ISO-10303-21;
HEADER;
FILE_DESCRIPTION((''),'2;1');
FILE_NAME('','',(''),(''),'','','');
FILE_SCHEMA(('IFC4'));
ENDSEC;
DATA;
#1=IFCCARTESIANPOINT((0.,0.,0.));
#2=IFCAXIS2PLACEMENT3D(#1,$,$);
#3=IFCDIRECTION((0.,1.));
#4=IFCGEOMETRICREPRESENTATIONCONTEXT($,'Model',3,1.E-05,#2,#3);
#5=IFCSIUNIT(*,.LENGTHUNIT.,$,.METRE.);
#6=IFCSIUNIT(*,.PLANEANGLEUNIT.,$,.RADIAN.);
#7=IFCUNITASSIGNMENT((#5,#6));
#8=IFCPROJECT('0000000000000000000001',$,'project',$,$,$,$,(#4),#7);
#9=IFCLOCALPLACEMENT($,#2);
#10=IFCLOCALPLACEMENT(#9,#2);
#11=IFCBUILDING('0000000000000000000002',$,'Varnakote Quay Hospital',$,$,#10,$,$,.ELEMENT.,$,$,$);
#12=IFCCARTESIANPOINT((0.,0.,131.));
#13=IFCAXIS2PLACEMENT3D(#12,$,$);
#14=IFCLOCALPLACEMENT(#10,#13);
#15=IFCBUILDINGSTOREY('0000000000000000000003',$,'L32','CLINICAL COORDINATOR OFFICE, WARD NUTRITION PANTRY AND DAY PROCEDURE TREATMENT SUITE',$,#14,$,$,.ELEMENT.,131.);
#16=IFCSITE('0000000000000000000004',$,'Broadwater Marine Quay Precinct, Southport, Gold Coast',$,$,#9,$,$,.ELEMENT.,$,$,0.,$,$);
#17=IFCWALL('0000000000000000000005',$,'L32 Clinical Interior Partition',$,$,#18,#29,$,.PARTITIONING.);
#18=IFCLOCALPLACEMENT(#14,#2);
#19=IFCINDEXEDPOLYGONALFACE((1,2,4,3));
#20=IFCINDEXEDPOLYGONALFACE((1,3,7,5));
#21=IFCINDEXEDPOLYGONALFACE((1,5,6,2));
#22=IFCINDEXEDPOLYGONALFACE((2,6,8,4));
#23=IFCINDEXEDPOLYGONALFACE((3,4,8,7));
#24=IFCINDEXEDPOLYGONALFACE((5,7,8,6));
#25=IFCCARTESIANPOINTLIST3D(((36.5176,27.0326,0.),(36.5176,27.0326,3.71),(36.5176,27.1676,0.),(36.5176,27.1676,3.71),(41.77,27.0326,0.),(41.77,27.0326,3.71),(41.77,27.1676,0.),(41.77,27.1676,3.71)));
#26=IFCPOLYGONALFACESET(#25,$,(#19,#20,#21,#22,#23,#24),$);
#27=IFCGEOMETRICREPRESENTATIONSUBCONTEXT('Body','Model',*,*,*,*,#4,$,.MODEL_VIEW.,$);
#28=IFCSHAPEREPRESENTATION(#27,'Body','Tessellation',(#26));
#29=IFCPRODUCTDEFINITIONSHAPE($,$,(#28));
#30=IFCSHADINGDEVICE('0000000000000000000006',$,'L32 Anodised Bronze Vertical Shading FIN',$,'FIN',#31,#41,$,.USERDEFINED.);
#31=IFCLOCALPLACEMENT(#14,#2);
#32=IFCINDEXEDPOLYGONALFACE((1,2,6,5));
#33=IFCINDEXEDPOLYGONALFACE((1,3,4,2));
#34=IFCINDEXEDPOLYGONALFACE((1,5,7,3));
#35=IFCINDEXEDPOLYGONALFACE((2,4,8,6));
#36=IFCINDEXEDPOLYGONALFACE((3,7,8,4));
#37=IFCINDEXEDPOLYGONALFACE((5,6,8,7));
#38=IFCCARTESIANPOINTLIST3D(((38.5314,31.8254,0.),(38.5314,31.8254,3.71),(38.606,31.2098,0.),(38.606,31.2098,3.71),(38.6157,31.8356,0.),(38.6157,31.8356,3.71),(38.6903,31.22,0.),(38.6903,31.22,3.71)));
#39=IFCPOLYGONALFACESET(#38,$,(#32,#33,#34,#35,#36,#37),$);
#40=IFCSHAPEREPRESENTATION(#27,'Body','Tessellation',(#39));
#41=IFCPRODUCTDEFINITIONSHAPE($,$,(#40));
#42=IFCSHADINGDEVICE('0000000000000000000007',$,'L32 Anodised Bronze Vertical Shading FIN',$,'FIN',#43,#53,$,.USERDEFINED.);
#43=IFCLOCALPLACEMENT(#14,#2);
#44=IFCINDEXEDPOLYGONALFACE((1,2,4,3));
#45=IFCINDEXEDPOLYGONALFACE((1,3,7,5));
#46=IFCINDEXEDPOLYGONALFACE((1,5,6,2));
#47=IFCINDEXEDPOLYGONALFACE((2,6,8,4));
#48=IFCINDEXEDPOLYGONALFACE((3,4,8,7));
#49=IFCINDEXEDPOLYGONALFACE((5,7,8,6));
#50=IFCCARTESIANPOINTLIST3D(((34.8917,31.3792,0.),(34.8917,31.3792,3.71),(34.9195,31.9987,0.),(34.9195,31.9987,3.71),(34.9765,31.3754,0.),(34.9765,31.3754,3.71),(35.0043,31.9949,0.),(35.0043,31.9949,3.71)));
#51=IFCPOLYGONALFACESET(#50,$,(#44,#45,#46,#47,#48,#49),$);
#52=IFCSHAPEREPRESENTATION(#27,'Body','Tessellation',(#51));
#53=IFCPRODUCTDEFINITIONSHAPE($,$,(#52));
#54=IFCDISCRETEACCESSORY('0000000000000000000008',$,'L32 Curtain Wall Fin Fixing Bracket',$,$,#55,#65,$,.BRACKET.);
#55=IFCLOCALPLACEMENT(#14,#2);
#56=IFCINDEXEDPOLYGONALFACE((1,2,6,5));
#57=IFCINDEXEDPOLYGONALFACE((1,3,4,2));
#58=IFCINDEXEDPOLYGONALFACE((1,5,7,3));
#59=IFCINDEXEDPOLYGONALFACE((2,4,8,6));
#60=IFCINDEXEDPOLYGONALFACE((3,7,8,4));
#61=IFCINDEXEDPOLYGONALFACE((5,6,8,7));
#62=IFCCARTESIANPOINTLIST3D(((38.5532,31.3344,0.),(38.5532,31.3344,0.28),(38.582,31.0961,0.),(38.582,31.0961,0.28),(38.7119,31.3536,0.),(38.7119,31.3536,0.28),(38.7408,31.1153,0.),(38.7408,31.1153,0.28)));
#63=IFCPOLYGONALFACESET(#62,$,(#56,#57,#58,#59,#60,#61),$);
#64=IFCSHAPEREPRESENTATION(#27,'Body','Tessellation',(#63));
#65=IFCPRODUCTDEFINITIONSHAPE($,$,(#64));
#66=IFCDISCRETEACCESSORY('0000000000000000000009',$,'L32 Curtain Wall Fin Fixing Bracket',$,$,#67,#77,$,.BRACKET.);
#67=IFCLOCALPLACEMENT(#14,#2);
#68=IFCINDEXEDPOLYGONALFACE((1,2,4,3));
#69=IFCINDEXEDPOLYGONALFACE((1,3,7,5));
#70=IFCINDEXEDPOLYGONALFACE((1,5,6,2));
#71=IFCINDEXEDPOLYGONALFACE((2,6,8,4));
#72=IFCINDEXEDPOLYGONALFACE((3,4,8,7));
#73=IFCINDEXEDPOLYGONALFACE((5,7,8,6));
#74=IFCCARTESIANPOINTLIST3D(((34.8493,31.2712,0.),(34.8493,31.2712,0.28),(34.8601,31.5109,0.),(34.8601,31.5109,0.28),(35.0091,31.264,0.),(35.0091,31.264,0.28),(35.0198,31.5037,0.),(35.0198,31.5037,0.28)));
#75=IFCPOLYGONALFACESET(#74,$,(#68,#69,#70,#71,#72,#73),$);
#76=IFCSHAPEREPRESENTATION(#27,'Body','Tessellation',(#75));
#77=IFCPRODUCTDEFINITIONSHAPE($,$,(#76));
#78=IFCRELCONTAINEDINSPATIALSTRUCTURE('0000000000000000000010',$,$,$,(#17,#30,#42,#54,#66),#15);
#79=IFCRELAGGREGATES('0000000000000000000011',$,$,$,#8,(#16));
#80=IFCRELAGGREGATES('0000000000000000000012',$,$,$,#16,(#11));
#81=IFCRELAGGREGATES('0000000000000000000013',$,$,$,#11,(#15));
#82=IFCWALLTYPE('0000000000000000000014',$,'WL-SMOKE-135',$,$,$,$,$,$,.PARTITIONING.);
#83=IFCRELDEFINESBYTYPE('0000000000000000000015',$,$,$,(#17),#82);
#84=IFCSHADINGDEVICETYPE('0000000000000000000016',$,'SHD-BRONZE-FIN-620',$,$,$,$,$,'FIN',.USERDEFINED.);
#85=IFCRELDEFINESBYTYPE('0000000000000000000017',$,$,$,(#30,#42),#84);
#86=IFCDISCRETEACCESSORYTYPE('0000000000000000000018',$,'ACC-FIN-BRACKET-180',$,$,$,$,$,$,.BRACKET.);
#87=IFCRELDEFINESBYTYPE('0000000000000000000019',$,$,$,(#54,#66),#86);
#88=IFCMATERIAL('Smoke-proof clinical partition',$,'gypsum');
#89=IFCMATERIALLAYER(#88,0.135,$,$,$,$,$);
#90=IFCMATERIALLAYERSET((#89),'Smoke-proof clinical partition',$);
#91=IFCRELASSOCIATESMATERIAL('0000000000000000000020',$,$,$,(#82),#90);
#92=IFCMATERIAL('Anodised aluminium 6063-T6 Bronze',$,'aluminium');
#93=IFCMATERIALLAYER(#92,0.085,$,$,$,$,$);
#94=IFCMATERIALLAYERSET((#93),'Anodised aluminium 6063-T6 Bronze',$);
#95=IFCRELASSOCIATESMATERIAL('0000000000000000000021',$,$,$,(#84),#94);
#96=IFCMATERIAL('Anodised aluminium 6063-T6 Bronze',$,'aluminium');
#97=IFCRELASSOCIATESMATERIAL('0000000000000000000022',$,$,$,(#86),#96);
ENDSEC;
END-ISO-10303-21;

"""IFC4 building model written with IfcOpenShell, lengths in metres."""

from ifc_helpers import new_model, si_unit, direction, frame, frame_2d, origin, origin_2d, place, context, subcontext, project, spatial, rectangle, extrude, material, layer, layer_set, type_object, element, save


model = new_model("IFC4")

# Units and contexts
model_context = context("Model", 3, precision=1e-05, world=origin(), true_north=direction((0.0, 1.0)))
body_context = subcontext(model_context, "Body", "Model", "MODEL_VIEW")
ifc_project = project(units=[si_unit("LENGTHUNIT", "METRE"), si_unit("PLANEANGLEUNIT", "RADIAN")], contexts=[model_context])

# Site, building, storey
site_placement = place(None, origin())
site = spatial("IfcSite", under=ifc_project, at=site_placement, Name="Broadwater Marine Quay Precinct, Southport, Gold Coast", CompositionType="ELEMENT", RefElevation=0.0)
building_placement = place(site_placement, origin())
building = spatial("IfcBuilding", under=site, at=building_placement, Name="Varnakote Quay Hospital", CompositionType="ELEMENT")
storey_placement = place(building_placement, frame((0.0, 0.0, 131.0)))
storey = spatial("IfcBuildingStorey", under=building, at=storey_placement, Name="L32", Description="CLINICAL COORDINATOR OFFICE, WARD NUTRITION PANTRY AND DAY PROCEDURE TREATMENT SUITE", CompositionType="ELEMENT", Elevation=131.0)

# Shared definitions
ifc_material_1 = material(Name="Smoke-proof clinical partition", Category="gypsum")
ifc_layer_1 = layer(ifc_material_1, 0.135)
ifc_layer_set_1 = layer_set([ifc_layer_1], Name="Smoke-proof clinical partition")
wall_type = type_object("IfcWallType", Name="WL-SMOKE-135", PredefinedType="PARTITIONING", material=ifc_layer_set_1)

# Wall
wall_1_placement = place(storey_placement, frame((41.77, 27.1001, 0.0), z_axis=(0.0, 0.0, 1.0), x_axis=(-1.0, 0.0, 0.0)))
element("IfcWall", 1, at=wall_1_placement, inside=storey, type_object=wall_type, Name="L32 Clinical Interior Partition", PredefinedType="PARTITIONING", context=body_context, shape_type="SweptSolid", body=[
    extrude(rectangle(XDim=5.2524, YDim=0.135, at=frame_2d((2.6262, 0.0))), origin(), (0.0, 0.0, 1.0), 3.71),
])

# Shading devices
ifc_material_2 = material(Name="Anodised aluminium 6063-T6 Bronze", Category="aluminium")
ifc_layer_2 = layer(ifc_material_2, 0.085)
ifc_layer_set_2 = layer_set([ifc_layer_2], Name="Anodised aluminium 6063-T6 Bronze")
shading_device_type = type_object("IfcShadingDeviceType", Name="SHD-BRONZE-FIN-620", ElementType="FIN", PredefinedType="USERDEFINED", material=ifc_layer_set_2)
for number, where, z_axis, x_axis, name in (
    (2, (38.6108, 31.5227, 0.0), (0.0, 0.0, 1.0), (0.12031, -0.992736, 0.0), "L32 Anodised Bronze Vertical Shading FIN"),
    (3, (34.948, 31.687, 0.0), (0.0, 0.0, 1.0), (-0.04484, -0.998994, 0.0), "L32 Anodised Bronze Vertical Shading FIN"),
):
    element("IfcShadingDevice", number, at=place(storey_placement, frame(where, z_axis=z_axis, x_axis=x_axis)), inside=storey, type_object=shading_device_type, Name=name, ObjectType="FIN", PredefinedType="USERDEFINED", context=body_context, shape_type="SweptSolid", body=[
        extrude(rectangle(XDim=0.6201, YDim=0.085, at=origin_2d()), origin(), (0.0, 0.0, 1.0), 3.71),
    ])

# Discrete accessories
ifc_material_3 = material(Name="Anodised aluminium 6063-T6 Bronze", Category="aluminium")
discrete_accessory_type = type_object("IfcDiscreteAccessoryType", Name="ACC-FIN-BRACKET-180", PredefinedType="BRACKET", material=ifc_material_3)
for number, where, z_axis, x_axis, name in (
    (4, (38.647, 31.2249, 0.0), (0.0, 0.0, 1.0), (-0.992736, -0.12031, 0.0), "L32 Curtain Wall Fin Fixing Bracket"),
    (5, (34.9346, 31.3875, 0.0), (0.0, 0.0, 1.0), (-0.998994, 0.04484, 0.0), "L32 Curtain Wall Fin Fixing Bracket"),
):
    element("IfcDiscreteAccessory", number, at=place(storey_placement, frame(where, z_axis=z_axis, x_axis=x_axis)), inside=storey, type_object=discrete_accessory_type, Name=name, PredefinedType="BRACKET", context=body_context, shape_type="SweptSolid", body=[
        extrude(rectangle(XDim=0.1599, YDim=0.24, at=origin_2d()), origin(), (0.0, 0.0, 1.0), 0.28),
    ])

save(model, "model.ifc")
